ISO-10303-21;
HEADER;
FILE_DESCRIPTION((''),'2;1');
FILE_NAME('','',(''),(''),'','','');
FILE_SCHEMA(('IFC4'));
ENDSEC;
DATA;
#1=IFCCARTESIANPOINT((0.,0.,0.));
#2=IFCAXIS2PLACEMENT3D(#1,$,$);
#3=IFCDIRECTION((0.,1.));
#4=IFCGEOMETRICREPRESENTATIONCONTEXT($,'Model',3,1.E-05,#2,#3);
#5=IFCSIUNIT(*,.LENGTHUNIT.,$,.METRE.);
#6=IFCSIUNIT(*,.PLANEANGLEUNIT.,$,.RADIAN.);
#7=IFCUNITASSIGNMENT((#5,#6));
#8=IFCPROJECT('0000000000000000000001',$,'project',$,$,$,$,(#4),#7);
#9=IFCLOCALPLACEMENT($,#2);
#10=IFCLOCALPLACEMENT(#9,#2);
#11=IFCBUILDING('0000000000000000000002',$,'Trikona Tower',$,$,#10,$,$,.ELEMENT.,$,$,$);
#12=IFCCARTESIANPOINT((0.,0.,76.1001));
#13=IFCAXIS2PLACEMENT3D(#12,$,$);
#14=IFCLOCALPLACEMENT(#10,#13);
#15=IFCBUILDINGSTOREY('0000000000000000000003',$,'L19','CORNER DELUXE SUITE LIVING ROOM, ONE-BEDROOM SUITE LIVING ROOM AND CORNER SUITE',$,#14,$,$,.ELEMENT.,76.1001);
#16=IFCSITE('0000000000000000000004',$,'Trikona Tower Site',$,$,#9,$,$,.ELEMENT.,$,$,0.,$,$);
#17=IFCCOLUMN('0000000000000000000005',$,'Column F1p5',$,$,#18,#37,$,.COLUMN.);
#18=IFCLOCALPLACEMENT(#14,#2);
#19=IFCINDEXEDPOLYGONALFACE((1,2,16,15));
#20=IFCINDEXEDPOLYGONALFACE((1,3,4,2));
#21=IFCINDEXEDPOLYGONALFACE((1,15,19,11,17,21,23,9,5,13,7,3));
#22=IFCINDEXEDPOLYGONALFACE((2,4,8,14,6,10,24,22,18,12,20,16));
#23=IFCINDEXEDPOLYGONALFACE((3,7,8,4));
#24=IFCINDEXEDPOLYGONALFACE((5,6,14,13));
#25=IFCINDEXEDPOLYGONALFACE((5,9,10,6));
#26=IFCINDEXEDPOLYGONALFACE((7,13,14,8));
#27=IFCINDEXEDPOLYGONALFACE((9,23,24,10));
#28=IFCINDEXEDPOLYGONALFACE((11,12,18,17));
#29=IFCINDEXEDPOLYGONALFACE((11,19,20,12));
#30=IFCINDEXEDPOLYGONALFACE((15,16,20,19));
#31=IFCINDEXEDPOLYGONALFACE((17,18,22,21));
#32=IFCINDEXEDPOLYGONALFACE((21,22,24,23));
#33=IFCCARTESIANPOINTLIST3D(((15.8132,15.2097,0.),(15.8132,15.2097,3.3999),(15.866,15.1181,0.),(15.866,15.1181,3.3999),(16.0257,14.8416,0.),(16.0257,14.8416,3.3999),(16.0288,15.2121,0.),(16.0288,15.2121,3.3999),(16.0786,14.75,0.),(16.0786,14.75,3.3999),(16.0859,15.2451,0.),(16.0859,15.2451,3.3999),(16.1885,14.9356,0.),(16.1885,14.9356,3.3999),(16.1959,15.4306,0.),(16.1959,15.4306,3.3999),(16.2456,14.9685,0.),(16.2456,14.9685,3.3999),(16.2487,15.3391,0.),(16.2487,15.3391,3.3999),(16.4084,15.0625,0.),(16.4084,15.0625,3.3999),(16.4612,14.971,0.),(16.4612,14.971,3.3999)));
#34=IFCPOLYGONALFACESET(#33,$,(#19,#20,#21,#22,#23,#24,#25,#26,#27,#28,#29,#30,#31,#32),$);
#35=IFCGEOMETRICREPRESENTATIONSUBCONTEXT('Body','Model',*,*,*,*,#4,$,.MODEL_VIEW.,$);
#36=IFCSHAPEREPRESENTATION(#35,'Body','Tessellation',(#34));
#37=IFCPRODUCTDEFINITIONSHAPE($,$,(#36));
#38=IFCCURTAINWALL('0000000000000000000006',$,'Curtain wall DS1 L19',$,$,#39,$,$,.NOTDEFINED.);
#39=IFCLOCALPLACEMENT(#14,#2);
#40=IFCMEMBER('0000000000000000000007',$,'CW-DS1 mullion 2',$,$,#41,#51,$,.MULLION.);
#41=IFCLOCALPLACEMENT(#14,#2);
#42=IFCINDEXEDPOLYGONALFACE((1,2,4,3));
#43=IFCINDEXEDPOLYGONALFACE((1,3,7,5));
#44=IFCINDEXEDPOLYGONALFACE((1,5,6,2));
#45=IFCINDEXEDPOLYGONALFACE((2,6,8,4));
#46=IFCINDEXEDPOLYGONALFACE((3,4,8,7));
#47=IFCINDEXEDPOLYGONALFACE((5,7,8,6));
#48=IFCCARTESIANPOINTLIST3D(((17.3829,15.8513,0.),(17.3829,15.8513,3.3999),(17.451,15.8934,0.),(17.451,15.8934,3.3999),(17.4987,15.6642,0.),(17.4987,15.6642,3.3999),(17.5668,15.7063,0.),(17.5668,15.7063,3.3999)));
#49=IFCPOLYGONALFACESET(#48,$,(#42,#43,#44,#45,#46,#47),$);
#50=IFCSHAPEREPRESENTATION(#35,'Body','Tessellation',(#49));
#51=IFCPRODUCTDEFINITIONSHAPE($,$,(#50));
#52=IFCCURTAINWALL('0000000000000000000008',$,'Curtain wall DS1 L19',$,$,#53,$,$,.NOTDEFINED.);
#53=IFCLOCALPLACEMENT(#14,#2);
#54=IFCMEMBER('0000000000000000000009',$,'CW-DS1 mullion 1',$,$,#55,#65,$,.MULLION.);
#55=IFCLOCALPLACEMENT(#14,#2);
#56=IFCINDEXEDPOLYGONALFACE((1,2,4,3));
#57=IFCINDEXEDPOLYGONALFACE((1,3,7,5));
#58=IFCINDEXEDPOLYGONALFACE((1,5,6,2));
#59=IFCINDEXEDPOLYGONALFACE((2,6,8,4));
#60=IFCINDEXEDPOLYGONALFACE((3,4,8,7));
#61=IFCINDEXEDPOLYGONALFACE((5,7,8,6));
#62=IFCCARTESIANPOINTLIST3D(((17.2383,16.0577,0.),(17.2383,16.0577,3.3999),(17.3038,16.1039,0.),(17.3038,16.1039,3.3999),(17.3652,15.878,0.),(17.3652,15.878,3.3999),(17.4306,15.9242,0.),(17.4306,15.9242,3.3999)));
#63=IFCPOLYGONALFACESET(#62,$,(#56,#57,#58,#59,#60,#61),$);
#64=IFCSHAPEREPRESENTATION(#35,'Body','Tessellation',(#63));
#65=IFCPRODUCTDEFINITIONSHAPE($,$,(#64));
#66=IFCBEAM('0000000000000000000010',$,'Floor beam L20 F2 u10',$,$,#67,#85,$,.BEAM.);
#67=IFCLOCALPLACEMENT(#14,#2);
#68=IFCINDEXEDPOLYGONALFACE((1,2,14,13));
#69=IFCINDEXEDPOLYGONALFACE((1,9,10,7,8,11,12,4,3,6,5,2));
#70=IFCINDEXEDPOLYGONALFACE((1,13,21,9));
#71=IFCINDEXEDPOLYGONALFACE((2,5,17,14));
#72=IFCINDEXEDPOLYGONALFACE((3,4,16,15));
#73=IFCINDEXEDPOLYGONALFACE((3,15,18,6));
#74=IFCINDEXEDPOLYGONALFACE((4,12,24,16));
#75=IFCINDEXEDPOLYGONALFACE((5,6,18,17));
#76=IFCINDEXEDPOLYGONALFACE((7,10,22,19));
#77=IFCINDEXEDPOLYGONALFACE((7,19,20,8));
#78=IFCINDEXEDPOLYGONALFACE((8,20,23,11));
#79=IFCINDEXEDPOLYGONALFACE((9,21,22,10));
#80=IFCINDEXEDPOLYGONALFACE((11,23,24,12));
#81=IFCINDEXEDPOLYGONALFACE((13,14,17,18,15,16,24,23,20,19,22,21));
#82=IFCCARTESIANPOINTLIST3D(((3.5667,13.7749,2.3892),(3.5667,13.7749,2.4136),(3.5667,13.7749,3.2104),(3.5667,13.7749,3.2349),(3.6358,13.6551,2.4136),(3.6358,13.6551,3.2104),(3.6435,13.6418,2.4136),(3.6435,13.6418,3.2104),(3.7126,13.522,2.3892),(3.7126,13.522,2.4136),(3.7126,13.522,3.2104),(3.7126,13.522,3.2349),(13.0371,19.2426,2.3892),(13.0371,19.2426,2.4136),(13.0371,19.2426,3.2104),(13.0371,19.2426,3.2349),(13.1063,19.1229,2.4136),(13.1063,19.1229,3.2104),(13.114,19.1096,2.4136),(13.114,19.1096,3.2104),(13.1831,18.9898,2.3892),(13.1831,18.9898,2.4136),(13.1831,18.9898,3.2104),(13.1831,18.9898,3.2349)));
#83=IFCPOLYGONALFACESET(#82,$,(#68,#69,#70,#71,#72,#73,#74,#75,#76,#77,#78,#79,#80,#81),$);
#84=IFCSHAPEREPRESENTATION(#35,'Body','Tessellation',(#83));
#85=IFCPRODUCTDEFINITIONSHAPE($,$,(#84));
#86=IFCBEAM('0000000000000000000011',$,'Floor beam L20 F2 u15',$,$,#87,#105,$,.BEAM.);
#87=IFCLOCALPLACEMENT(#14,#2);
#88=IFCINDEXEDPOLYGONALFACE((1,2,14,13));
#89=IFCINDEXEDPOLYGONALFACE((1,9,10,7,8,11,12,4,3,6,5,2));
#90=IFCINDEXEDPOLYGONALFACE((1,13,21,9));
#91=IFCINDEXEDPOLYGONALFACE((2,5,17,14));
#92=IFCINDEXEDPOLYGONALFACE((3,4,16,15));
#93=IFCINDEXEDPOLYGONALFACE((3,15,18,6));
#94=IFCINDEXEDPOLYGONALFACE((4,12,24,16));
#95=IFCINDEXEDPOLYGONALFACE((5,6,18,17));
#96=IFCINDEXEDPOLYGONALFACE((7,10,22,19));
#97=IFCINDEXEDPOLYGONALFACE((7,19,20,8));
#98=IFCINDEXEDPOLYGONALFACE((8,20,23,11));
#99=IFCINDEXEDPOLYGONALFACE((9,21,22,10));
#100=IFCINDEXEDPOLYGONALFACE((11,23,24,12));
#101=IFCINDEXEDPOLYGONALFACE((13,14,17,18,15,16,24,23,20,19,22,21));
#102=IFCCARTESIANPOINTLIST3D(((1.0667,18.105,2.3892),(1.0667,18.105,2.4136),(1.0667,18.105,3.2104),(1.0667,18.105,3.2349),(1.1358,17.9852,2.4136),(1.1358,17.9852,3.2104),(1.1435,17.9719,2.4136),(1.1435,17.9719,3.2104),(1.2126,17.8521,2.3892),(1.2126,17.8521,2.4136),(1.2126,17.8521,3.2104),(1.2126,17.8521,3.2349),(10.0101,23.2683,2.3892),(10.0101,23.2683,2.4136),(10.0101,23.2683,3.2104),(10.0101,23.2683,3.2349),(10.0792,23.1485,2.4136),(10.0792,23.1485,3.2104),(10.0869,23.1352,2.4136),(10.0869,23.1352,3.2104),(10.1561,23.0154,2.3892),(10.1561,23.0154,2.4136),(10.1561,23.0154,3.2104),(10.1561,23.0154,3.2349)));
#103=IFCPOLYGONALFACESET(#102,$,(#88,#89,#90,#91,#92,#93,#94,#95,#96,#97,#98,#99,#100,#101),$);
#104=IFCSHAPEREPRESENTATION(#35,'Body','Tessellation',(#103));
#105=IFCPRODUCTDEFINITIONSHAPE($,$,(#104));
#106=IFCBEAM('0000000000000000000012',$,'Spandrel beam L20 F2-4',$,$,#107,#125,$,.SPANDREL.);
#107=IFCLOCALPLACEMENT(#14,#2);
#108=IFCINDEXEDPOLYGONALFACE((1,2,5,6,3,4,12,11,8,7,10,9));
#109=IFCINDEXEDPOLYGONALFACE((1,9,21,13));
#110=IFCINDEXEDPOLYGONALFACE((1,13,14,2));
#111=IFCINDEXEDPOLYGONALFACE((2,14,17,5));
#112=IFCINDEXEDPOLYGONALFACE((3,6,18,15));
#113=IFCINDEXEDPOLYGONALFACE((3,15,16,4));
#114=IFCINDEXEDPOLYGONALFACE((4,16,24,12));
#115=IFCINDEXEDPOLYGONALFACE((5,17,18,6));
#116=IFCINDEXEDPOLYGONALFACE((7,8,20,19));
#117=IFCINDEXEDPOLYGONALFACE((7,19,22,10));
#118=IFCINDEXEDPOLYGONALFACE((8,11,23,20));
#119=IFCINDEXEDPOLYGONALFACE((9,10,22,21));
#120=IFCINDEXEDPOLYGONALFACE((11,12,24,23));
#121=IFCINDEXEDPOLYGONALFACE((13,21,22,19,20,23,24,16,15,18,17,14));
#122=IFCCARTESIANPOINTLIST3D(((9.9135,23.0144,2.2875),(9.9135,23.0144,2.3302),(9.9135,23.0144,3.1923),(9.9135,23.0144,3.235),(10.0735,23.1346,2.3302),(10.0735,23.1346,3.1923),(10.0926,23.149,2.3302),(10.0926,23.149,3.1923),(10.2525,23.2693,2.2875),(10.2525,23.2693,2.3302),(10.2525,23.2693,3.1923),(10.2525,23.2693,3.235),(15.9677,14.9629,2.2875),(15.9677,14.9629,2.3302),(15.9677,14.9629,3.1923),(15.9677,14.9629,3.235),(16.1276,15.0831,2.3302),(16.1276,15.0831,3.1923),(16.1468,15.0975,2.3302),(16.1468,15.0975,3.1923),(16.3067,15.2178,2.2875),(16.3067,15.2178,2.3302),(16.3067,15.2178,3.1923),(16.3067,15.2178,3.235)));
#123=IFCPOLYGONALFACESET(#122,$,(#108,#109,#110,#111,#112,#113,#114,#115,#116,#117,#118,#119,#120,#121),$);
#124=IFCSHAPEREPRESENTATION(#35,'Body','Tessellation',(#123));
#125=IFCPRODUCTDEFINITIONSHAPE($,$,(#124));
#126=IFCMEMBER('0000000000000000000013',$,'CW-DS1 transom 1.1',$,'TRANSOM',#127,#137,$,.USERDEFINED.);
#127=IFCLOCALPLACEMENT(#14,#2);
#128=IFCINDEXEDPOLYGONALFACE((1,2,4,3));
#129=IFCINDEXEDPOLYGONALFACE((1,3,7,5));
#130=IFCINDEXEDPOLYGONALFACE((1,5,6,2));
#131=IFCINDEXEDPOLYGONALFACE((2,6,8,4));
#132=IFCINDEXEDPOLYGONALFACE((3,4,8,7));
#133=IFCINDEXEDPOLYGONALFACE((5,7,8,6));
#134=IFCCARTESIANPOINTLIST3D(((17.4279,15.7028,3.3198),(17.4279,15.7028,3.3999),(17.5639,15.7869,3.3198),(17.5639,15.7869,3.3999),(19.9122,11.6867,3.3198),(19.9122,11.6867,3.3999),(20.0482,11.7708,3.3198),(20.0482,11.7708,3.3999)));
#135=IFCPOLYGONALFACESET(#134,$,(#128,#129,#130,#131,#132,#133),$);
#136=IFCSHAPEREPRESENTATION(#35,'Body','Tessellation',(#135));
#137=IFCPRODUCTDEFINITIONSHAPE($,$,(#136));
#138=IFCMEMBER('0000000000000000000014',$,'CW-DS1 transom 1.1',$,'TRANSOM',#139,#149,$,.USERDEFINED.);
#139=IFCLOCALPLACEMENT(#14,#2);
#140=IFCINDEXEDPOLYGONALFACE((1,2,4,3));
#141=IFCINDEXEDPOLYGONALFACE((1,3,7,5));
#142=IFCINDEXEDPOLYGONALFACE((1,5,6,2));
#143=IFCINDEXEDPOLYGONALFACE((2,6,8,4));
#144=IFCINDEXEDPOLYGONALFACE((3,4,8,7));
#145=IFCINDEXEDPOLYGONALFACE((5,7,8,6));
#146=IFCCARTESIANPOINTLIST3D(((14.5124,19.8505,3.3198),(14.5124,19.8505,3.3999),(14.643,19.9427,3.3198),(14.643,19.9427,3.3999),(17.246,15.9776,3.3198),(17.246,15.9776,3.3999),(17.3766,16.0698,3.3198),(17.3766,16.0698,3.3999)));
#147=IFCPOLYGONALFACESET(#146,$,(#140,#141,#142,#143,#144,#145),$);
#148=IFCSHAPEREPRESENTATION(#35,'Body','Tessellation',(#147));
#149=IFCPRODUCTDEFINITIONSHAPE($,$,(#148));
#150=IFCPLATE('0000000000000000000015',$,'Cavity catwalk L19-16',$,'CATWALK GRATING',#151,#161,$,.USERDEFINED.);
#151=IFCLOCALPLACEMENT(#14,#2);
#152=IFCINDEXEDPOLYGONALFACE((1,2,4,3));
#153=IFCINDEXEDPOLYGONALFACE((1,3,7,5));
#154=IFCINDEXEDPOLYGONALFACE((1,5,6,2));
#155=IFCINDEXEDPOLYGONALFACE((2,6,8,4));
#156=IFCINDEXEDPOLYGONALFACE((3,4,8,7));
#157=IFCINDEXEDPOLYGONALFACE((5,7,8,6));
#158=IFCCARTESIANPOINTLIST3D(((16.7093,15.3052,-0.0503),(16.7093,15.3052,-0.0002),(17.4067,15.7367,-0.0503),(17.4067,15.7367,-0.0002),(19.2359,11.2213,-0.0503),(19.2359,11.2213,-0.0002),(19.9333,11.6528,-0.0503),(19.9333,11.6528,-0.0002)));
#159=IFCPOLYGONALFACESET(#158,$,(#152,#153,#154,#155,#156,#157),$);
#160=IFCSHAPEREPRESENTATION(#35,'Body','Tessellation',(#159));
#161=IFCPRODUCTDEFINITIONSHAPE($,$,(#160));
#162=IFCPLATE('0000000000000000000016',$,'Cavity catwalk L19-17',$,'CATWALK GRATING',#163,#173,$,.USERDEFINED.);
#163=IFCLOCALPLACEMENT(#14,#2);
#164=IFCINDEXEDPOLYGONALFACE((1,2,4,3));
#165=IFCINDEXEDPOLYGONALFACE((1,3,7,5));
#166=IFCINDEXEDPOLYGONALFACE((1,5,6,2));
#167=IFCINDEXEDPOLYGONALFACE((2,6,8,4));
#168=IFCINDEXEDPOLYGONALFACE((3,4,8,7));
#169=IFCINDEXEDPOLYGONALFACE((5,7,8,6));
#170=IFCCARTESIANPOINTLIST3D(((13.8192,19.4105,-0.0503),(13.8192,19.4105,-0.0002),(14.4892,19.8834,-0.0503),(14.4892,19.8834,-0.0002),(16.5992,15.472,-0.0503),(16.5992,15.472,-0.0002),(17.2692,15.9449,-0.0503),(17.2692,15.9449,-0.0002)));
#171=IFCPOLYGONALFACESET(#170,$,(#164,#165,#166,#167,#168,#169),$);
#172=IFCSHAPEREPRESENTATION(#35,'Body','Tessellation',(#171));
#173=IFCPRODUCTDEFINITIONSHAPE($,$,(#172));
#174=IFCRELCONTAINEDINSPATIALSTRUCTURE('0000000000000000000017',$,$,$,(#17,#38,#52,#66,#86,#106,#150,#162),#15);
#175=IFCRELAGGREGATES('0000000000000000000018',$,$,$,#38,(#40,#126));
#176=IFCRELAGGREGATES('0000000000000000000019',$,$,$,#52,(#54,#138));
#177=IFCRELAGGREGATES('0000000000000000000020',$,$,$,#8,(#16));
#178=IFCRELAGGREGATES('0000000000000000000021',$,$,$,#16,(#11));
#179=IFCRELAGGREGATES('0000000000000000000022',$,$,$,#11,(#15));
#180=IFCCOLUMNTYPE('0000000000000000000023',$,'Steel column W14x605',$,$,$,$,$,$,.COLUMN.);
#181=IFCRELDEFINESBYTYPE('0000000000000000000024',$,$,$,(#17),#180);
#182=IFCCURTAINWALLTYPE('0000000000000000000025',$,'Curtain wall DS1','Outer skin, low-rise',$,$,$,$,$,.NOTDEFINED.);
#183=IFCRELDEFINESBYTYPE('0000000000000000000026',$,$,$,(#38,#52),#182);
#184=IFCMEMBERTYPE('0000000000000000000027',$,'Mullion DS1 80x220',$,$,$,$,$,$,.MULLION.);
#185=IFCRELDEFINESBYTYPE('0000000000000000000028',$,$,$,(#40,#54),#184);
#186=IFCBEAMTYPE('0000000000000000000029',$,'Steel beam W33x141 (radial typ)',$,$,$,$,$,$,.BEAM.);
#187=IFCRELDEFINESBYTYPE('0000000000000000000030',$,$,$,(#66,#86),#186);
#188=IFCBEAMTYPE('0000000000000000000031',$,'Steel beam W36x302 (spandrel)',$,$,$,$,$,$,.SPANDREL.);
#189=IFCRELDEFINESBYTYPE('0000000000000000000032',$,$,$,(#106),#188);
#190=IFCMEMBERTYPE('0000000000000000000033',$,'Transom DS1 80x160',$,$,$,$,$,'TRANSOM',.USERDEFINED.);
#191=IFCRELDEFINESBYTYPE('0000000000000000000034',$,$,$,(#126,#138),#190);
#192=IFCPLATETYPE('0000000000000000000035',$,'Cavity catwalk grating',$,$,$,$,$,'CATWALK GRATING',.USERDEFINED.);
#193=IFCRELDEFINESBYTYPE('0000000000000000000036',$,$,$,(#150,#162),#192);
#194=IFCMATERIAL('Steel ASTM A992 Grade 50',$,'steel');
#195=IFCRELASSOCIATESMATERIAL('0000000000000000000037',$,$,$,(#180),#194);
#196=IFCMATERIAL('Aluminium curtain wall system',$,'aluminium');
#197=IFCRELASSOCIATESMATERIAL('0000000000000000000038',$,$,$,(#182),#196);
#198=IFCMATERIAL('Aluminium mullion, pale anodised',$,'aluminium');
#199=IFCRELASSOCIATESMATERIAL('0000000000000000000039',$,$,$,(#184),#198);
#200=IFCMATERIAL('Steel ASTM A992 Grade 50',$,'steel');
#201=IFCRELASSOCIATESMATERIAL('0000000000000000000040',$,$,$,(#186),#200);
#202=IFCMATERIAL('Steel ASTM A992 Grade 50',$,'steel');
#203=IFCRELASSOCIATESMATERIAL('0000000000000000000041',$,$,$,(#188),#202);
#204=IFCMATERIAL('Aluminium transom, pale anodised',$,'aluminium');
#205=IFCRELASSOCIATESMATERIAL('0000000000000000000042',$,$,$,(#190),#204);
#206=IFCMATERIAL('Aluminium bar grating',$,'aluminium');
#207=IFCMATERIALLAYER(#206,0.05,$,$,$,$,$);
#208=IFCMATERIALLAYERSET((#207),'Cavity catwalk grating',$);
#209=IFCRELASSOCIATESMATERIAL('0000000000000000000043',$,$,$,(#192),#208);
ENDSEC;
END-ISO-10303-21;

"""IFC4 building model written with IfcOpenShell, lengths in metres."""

from ifc_helpers import new_model, si_unit, direction, frame, origin, origin_2d, place, context, subcontext, project, spatial, rectangle, i_section, extrude, material, layer, layer_set, material_profile, profile_set, type_object, element, aggregate, save


model = new_model("IFC4")

# Units and contexts
model_context = context("Model", 3, precision=1e-05, world=origin(), true_north=direction((0.0, 1.0)))
body_context = subcontext(model_context, "Body", "Model", "MODEL_VIEW")
ifc_project = project(units=[si_unit("LENGTHUNIT", "METRE"), si_unit("PLANEANGLEUNIT", "RADIAN")], contexts=[model_context])

# Site, building, storey
site_placement = place(None, origin())
site = spatial("IfcSite", under=ifc_project, at=site_placement, Name="Trikona Tower Site", CompositionType="ELEMENT", RefElevation=0.0)
building_placement = place(site_placement, origin())
building = spatial("IfcBuilding", under=site, at=building_placement, Name="Trikona Tower", CompositionType="ELEMENT")
storey_placement = place(building_placement, frame((0.0, 0.0, 76.1001)))
storey = spatial("IfcBuildingStorey", under=building, at=storey_placement, Name="L19", Description="CORNER DELUXE SUITE LIVING ROOM, ONE-BEDROOM SUITE LIVING ROOM AND CORNER SUITE", CompositionType="ELEMENT", Elevation=76.1001)

# Column
ifc_material_1 = material(Name="Steel ASTM A992 Grade 50", Category="steel")
ifc_material_profile_1 = material_profile(ifc_material_1, i_section(OverallWidth=0.4419, OverallDepth=0.5308, WebThickness=0.0659, FlangeThickness=0.1057, at=origin_2d()), Name="W14X605")
ifc_profile_set_1 = profile_set([ifc_material_profile_1], Name="Steel ASTM A992 Grade 50")
column_type = type_object("IfcColumnType", Name="Steel column W14x605", PredefinedType="COLUMN", material=ifc_profile_set_1)
column_placement = place(storey_placement, frame((16.1372, 15.0903, 0.0), z_axis=(0.0, 0.0, 1.0), x_axis=(0.866025, 0.5, 0.0)))
element("IfcColumn", 1, at=column_placement, inside=storey, type_object=column_type, Name="Column F1p5", PredefinedType="COLUMN", context=body_context, shape_type="SweptSolid", body=[
    extrude(i_section(OverallWidth=0.4419, OverallDepth=0.5308, WebThickness=0.0659, FlangeThickness=0.1057, at=origin_2d()), origin(), (0.0, 0.0, 1.0), 3.3999),
])

# Curtain walls, members
ifc_material_2 = material(Name="Aluminium curtain wall system", Category="aluminium")
curtain_wall_type = type_object("IfcCurtainWallType", Name="Curtain wall DS1", Description="Outer skin, low-rise", PredefinedType="NOTDEFINED", material=ifc_material_2)
curtain_wall_1_placement = place(storey_placement, origin())
curtain_wall_1 = element("IfcCurtainWall", 2, at=curtain_wall_1_placement, inside=storey, type_object=curtain_wall_type, Name="Curtain wall DS1 L19", PredefinedType="NOTDEFINED")
ifc_material_3 = material(Name="Aluminium mullion, pale anodised", Category="aluminium")
ifc_material_profile_2 = material_profile(ifc_material_3, rectangle(XDim=0.0801, YDim=0.22, at=origin_2d()), Name="MUL-DS1")
ifc_profile_set_2 = profile_set([ifc_material_profile_2], Name="Aluminium mullion, pale anodised")
member_type_1 = type_object("IfcMemberType", Name="Mullion DS1 80x220", PredefinedType="MULLION", material=ifc_profile_set_2)
member_1_placement = place(storey_placement, frame((17.4749, 15.7788, 0.0), z_axis=(0.0, 0.0, 1.0), x_axis=(-0.85041, -0.52612, 0.0)))
member_1 = element("IfcMember", 3, at=member_1_placement, type_object=member_type_1, Name="CW-DS1 mullion 2", PredefinedType="MULLION", context=body_context, shape_type="SweptSolid", body=[
    extrude(rectangle(XDim=0.0801, YDim=0.22, at=origin_2d()), origin(), (0.0, 0.0, 1.0), 3.3999),
])
curtain_wall_2_placement = place(storey_placement, origin())
curtain_wall_2 = element("IfcCurtainWall", 4, at=curtain_wall_2_placement, inside=storey, type_object=curtain_wall_type, Name="Curtain wall DS1 L19", PredefinedType="NOTDEFINED")
member_2_placement = place(storey_placement, frame((17.3345, 15.991, 0.0), z_axis=(0.0, 0.0, 1.0), x_axis=(-0.816985, -0.576658, 0.0)))
member_2 = element("IfcMember", 5, at=member_2_placement, type_object=member_type_1, Name="CW-DS1 mullion 1", PredefinedType="MULLION", context=body_context, shape_type="SweptSolid", body=[
    extrude(rectangle(XDim=0.0801, YDim=0.22, at=origin_2d()), origin(), (0.0, 0.0, 1.0), 3.3999),
])

# Beams
ifc_material_4 = material(Name="Steel ASTM A992 Grade 50", Category="steel")
ifc_material_profile_3 = material_profile(ifc_material_4, i_section(OverallWidth=0.292, OverallDepth=0.8457, WebThickness=0.0154, FlangeThickness=0.0244, at=origin_2d()), Name="W33X141")
ifc_profile_set_3 = profile_set([ifc_material_profile_3], Name="Steel ASTM A992 Grade 50")
beam_type_1 = type_object("IfcBeamType", Name="Steel beam W33x141 (radial typ)", PredefinedType="BEAM", material=ifc_profile_set_3)
beam_1_placement = place(storey_placement, frame((3.6396, 13.6484, 2.812), z_axis=(0.866025, 0.5, 0.0), x_axis=(-0.5, 0.866025, 0.0)))
element("IfcBeam", 6, at=beam_1_placement, inside=storey, type_object=beam_type_1, Name="Floor beam L20 F2 u10", PredefinedType="BEAM", context=body_context, shape_type="SweptSolid", body=[
    extrude(i_section(OverallWidth=0.292, OverallDepth=0.8457, WebThickness=0.0154, FlangeThickness=0.0244, at=origin_2d()), origin(), (0.0, 0.0, 1.0), 10.9355),
])
beam_2_placement = place(storey_placement, frame((1.1396, 17.9785, 2.812), z_axis=(0.86603, 0.499991, 0.0), x_axis=(-0.499991, 0.86603, 0.0)))
element("IfcBeam", 7, at=beam_2_placement, inside=storey, type_object=beam_type_1, Name="Floor beam L20 F2 u15", PredefinedType="BEAM", context=body_context, shape_type="SweptSolid", body=[
    extrude(i_section(OverallWidth=0.292, OverallDepth=0.8457, WebThickness=0.0154, FlangeThickness=0.0244, at=origin_2d()), origin(), (0.0, 0.0, 1.0), 10.3269),
])
ifc_material_5 = material(Name="Steel ASTM A992 Grade 50", Category="steel")
ifc_material_profile_4 = material_profile(ifc_material_5, i_section(OverallWidth=0.4241, OverallDepth=0.9475, WebThickness=0.0239, FlangeThickness=0.0427, at=origin_2d()), Name="W36X302")
ifc_profile_set_4 = profile_set([ifc_material_profile_4], Name="Steel ASTM A992 Grade 50")
beam_type_2 = type_object("IfcBeamType", Name="Steel beam W36x302 (spandrel)", PredefinedType="SPANDREL", material=ifc_profile_set_4)
beam_3_placement = place(storey_placement, frame((16.1372, 15.0903, 2.7612), z_axis=(-0.600988, 0.799258, 0.0), x_axis=(-0.799258, -0.600988, 0.0)))
element("IfcBeam", 8, at=beam_3_placement, inside=storey, type_object=beam_type_2, Name="Spandrel beam L20 F2-4", PredefinedType="SPANDREL", context=body_context, shape_type="SweptSolid", body=[
    extrude(i_section(OverallWidth=0.4241, OverallDepth=0.9475, WebThickness=0.0239, FlangeThickness=0.0427, at=origin_2d()), origin(), (0.0, 0.0, 1.0), 10.0737),
])

# Members
ifc_material_6 = material(Name="Aluminium transom, pale anodised", Category="aluminium")
ifc_material_profile_5 = material_profile(ifc_material_6, rectangle(XDim=0.1599, YDim=0.0801, at=origin_2d()), Name="TRN-DS1")
ifc_profile_set_5 = profile_set([ifc_material_profile_5], Name="Aluminium transom, pale anodised")
member_type_2 = type_object("IfcMemberType", Name="Transom DS1 80x160", ElementType="TRANSOM", PredefinedType="USERDEFINED", material=ifc_profile_set_5)
member_3_placement = place(storey_placement, frame((19.9802, 11.7288, 3.3599), z_axis=(-0.526081, 0.850435, 0.0), x_axis=(-0.850435, -0.526081, 0.0)))
member_3 = element("IfcMember", 9, at=member_3_placement, type_object=member_type_2, Name="CW-DS1 transom 1.1", ObjectType="TRANSOM", PredefinedType="USERDEFINED", context=body_context, shape_type="SweptSolid", body=[
    extrude(rectangle(XDim=0.1599, YDim=0.0801, at=origin_2d()), origin(), (0.0, 0.0, 1.0), 4.7224),
])
member_4_placement = place(storey_placement, frame((17.3113, 16.0237, 3.3599), z_axis=(-0.576645, 0.816995, 0.0), x_axis=(-0.816995, -0.576645, 0.0)))
member_4 = element("IfcMember", 10, at=member_4_placement, type_object=member_type_2, Name="CW-DS1 transom 1.1", ObjectType="TRANSOM", PredefinedType="USERDEFINED", context=body_context, shape_type="SweptSolid", body=[
    extrude(rectangle(XDim=0.1599, YDim=0.0801, at=origin_2d()), origin(), (0.0, 0.0, 1.0), 4.7405),
])

# Plates
ifc_material_7 = material(Name="Aluminium bar grating", Category="aluminium")
ifc_layer_1 = layer(ifc_material_7, 0.05)
ifc_layer_set_1 = layer_set([ifc_layer_1], Name="Cavity catwalk grating")
plate_type_1 = type_object("IfcPlateType", Name="Cavity catwalk grating", ElementType="CATWALK GRATING", PredefinedType="USERDEFINED", material=ifc_layer_set_1)
plate_1_placement = place(storey_placement, frame((18.3213, 13.479, -0.0503), z_axis=(0.0, 0.0, 1.0), x_axis=(-0.526119, 0.850411, 0.0)))
element("IfcPlate", 11, at=plate_1_placement, inside=storey, type_object=plate_type_1, Name="Cavity catwalk L19-16", ObjectType="CATWALK GRATING", PredefinedType="USERDEFINED", context=body_context, shape_type="SweptSolid", body=[
    extrude(rectangle(XDim=4.8022, YDim=0.8201, at=origin_2d()), origin(), (0.0, 0.0, 1.0), 0.05),
])
plate_2_placement = place(storey_placement, frame((15.5442, 17.6777, -0.0503), z_axis=(0.0, 0.0, 1.0), x_axis=(-0.576662, 0.816983, 0.0)))
element("IfcPlate", 12, at=plate_2_placement, inside=storey, type_object=plate_type_1, Name="Cavity catwalk L19-17", ObjectType="CATWALK GRATING", PredefinedType="USERDEFINED", context=body_context, shape_type="SweptSolid", body=[
    extrude(rectangle(XDim=4.8208, YDim=0.8201, at=origin_2d()), origin(), (0.0, 0.0, 1.0), 0.05),
])

aggregate(curtain_wall_1, [member_1, member_3])
aggregate(curtain_wall_2, [member_2, member_4])

save(model, "model.ifc")
